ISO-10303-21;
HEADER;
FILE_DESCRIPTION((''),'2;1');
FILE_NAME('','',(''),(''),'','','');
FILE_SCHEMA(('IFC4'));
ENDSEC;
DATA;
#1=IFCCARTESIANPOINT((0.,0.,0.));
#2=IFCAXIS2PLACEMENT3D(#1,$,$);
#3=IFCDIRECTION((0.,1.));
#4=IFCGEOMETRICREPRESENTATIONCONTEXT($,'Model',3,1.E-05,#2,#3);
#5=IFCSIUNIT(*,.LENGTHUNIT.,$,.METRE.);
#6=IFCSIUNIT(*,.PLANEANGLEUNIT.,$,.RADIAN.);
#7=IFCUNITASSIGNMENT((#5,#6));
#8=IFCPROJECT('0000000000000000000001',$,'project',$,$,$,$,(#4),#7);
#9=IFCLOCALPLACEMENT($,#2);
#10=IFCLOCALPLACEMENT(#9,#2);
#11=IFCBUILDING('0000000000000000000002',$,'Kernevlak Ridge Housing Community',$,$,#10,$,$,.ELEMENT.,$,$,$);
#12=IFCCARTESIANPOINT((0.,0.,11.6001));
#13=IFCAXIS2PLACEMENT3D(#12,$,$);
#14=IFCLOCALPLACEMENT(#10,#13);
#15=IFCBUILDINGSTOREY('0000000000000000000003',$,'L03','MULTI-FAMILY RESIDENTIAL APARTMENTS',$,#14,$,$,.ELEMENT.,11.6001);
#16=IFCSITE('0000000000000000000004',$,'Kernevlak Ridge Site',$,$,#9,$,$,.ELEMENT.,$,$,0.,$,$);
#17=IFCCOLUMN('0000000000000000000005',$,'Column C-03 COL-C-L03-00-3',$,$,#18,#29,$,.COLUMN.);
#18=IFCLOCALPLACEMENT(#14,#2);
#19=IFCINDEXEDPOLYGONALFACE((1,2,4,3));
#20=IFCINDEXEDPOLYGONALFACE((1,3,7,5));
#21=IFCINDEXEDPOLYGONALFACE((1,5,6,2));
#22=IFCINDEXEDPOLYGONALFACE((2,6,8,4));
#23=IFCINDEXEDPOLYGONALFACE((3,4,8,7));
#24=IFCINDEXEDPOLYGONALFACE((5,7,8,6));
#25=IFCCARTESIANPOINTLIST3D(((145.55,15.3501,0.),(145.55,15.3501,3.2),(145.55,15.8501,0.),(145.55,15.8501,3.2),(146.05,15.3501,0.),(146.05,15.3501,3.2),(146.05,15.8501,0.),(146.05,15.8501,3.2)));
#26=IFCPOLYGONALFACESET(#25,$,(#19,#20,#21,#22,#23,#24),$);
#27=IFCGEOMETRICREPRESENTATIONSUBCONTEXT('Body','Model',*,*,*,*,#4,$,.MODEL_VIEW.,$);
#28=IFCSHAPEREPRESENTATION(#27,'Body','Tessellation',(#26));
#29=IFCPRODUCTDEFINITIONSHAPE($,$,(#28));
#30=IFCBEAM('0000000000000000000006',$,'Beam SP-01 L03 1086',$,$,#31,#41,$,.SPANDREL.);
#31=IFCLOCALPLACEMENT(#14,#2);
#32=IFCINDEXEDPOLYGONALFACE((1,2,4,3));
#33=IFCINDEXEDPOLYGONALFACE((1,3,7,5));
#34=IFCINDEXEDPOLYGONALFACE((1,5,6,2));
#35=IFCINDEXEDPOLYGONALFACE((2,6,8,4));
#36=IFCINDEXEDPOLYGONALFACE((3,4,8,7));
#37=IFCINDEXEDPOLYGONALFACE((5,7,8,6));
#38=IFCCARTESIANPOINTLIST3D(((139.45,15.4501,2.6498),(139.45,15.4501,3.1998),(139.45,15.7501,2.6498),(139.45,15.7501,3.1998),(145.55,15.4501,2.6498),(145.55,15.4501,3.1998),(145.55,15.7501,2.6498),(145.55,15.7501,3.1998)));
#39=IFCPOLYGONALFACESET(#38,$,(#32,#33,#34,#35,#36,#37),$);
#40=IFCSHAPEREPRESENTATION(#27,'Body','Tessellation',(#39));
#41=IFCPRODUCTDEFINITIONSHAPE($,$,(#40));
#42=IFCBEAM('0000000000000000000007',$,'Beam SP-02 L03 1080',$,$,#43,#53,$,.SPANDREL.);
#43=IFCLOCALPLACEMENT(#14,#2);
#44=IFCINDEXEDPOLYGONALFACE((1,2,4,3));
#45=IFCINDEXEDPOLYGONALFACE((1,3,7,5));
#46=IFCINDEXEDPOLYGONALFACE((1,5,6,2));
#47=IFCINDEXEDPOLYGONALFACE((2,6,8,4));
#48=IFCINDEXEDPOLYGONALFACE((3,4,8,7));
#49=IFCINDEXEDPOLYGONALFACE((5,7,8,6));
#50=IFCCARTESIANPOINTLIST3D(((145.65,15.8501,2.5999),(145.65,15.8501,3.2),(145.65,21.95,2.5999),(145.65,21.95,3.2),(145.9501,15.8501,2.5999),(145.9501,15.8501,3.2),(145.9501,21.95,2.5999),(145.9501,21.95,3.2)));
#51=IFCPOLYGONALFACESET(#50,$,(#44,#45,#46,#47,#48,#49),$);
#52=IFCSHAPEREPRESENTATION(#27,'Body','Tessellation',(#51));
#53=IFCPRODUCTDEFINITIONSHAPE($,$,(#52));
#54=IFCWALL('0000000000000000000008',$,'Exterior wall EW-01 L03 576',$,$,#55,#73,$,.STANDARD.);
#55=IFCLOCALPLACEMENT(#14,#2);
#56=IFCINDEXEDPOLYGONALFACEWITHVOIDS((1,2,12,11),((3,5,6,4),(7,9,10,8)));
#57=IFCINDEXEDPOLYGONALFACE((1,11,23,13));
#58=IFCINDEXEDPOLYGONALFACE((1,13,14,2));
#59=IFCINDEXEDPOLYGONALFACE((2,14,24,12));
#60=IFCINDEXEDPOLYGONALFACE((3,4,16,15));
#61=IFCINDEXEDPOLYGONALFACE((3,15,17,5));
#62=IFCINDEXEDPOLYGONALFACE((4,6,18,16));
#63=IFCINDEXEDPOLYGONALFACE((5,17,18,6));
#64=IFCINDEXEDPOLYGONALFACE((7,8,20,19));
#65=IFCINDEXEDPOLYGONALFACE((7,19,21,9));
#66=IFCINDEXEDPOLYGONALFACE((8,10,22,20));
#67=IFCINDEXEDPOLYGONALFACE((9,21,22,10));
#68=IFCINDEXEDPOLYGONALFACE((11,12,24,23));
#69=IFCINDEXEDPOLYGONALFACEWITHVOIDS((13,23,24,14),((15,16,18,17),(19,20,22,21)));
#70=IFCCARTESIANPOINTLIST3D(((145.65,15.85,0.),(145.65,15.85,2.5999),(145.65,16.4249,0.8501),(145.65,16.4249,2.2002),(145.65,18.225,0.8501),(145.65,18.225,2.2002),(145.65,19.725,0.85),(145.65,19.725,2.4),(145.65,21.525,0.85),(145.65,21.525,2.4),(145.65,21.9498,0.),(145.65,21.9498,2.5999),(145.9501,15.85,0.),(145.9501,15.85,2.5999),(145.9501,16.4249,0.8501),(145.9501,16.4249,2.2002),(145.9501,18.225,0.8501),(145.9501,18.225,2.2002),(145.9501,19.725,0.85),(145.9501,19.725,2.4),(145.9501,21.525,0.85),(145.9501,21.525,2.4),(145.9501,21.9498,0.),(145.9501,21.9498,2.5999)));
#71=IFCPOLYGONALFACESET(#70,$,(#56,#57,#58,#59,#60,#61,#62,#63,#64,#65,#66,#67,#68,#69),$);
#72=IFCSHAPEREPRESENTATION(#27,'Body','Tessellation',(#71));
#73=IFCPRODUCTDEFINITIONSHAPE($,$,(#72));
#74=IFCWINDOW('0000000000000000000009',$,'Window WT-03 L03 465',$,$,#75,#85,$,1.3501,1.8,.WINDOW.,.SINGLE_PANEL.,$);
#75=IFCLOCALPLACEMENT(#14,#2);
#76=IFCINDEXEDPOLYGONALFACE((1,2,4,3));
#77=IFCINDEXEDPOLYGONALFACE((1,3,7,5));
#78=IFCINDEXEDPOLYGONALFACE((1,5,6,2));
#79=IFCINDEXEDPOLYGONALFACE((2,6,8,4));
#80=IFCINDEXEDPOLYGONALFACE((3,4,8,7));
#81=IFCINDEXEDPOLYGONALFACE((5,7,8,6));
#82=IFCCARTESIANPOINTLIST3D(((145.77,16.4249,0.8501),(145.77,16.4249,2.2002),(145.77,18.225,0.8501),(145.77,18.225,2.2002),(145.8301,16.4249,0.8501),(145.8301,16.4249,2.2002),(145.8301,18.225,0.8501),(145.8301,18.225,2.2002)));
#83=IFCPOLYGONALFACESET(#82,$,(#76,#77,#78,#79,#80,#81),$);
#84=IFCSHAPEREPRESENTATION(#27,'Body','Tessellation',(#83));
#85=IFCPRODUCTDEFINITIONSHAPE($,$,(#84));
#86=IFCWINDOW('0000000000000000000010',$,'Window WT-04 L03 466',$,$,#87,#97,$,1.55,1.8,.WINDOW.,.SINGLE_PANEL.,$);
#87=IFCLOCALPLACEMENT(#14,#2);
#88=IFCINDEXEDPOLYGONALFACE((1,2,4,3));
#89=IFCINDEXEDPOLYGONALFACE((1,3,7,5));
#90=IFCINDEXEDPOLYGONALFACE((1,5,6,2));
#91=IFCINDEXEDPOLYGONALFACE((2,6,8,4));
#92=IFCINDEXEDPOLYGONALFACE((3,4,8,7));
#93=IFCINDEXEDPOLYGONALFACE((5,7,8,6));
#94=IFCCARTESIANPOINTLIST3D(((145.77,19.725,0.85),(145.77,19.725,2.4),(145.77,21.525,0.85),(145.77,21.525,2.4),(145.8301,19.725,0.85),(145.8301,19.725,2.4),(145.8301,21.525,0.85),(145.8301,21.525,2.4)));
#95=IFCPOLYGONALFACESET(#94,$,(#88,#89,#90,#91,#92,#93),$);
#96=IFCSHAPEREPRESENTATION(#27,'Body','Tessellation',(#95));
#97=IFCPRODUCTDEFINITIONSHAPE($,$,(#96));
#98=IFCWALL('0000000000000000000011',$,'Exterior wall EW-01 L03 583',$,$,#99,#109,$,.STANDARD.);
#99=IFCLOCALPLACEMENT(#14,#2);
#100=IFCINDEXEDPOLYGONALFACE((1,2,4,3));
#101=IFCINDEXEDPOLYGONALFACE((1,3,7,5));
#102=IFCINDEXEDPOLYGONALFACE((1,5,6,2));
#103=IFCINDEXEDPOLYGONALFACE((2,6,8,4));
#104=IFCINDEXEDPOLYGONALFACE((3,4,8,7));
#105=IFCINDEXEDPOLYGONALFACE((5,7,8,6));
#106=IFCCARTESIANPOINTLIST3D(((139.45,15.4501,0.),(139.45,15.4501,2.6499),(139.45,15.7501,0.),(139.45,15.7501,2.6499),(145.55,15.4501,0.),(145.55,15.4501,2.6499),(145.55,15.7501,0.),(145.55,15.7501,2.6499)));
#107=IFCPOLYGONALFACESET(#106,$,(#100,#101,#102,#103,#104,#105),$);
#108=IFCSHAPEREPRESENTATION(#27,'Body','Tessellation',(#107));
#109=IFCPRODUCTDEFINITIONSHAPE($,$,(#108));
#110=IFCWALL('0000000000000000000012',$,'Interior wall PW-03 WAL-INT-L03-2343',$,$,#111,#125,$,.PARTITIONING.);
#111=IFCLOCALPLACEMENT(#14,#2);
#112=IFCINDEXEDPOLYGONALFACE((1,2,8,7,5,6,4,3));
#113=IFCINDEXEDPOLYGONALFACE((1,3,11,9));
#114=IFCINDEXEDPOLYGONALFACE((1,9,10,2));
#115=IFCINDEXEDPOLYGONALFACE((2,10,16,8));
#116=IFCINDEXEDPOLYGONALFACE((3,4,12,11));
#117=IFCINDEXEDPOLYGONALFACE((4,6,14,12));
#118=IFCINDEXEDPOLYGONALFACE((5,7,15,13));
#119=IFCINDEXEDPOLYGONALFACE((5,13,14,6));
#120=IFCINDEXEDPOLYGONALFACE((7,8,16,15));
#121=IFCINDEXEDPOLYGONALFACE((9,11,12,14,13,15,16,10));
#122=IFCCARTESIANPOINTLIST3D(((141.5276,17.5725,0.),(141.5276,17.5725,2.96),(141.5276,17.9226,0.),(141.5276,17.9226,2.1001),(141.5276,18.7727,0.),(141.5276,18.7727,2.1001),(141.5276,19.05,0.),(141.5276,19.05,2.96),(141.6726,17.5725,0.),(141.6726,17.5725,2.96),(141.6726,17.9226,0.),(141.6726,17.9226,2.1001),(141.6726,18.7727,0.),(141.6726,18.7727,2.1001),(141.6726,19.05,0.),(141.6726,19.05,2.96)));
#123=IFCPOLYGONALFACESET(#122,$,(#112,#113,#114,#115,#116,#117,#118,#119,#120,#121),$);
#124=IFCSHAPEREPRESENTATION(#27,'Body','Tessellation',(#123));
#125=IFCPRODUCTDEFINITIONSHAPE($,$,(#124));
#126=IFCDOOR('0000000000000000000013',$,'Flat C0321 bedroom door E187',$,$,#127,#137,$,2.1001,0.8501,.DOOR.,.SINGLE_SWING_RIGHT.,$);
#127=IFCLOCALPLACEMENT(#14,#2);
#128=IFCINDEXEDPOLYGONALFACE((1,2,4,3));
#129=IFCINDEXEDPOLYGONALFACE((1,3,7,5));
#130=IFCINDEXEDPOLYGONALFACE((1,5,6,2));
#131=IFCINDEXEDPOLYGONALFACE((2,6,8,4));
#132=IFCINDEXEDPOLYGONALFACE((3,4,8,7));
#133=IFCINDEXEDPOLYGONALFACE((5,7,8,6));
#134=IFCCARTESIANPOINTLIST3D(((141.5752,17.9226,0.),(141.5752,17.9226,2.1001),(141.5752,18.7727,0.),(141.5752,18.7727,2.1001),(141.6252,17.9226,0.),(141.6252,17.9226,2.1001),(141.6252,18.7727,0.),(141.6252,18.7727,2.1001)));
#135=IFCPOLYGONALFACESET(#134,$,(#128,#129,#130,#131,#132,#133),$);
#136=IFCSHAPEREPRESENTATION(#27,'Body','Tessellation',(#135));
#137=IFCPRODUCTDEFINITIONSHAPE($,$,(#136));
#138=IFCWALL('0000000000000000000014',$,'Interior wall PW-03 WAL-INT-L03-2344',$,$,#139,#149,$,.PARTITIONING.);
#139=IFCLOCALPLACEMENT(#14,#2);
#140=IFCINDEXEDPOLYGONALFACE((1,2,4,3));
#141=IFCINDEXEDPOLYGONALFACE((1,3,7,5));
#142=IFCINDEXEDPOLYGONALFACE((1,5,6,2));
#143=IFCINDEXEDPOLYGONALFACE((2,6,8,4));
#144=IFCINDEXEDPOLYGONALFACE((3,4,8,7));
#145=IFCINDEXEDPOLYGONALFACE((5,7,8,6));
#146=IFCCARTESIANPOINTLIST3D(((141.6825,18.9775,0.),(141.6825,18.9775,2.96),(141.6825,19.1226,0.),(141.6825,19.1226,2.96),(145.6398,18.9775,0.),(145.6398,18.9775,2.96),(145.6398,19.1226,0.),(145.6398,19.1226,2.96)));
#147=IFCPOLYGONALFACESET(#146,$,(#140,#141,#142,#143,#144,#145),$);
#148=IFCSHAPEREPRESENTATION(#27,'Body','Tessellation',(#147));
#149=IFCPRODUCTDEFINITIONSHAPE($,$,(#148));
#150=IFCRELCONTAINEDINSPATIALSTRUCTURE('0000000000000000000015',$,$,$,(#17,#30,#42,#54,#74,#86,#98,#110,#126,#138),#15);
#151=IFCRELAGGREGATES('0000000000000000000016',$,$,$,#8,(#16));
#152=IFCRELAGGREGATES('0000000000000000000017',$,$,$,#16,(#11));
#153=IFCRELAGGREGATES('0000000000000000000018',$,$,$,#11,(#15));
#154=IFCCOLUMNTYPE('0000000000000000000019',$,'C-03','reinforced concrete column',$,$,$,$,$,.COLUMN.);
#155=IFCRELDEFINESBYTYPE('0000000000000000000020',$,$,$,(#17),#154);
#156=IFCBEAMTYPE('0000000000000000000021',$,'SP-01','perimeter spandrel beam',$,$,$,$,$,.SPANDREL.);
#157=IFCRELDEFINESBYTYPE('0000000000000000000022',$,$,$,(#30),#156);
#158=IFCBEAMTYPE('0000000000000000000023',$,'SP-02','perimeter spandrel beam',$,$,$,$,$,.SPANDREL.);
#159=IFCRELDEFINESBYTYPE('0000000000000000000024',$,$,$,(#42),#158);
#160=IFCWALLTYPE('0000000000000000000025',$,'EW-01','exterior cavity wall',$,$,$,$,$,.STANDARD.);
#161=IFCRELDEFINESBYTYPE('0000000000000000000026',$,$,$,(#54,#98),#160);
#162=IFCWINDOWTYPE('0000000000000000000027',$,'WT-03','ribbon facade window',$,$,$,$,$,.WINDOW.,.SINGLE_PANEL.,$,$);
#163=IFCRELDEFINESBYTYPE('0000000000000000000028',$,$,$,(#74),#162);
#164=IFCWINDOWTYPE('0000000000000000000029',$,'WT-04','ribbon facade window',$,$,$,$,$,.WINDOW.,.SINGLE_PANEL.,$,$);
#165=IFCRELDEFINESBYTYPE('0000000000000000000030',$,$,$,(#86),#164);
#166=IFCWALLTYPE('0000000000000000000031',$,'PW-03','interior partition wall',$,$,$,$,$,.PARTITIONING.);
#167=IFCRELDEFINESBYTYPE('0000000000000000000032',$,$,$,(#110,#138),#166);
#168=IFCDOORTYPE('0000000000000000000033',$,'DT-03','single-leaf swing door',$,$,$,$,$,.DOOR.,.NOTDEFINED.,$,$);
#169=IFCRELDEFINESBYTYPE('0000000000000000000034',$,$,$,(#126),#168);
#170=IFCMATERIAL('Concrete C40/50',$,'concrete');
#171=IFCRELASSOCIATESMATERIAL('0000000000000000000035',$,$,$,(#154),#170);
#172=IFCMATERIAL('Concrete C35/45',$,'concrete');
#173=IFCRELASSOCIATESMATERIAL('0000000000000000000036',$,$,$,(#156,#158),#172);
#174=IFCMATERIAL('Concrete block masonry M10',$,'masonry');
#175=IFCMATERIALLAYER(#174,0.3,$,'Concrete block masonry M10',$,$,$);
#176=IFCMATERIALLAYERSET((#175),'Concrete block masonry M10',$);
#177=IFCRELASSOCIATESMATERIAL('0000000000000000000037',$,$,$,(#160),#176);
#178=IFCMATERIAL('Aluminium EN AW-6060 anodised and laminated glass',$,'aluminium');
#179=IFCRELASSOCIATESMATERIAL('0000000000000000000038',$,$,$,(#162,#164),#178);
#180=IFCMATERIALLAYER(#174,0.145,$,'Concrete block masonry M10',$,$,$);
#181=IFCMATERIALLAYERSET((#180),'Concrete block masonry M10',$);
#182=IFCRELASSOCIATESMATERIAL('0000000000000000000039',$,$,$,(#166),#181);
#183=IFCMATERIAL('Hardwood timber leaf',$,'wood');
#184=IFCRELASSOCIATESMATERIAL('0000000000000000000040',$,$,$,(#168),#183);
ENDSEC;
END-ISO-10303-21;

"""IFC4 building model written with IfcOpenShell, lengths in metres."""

from ifc_helpers import new_model, si_unit, direction, frame, frame_2d, origin, origin_2d, place, context, subcontext, project, spatial, rectangle, extrude, material, layer, layer_set, material_profile, profile_set, type_object, element, fill, save


model = new_model("IFC4")

# Units and contexts
model_context = context("Model", 3, precision=1e-05, world=origin(), true_north=direction((0.0, 1.0)))
body_context = subcontext(model_context, "Body", "Model", "MODEL_VIEW")
ifc_project = project(units=[si_unit("LENGTHUNIT", "METRE"), si_unit("PLANEANGLEUNIT", "RADIAN")], contexts=[model_context])

# Site, building, storey
site_placement = place(None, origin())
site = spatial("IfcSite", under=ifc_project, at=site_placement, Name="Kernevlak Ridge Site", CompositionType="ELEMENT", RefElevation=0.0)
building_placement = place(site_placement, origin())
building = spatial("IfcBuilding", under=site, at=building_placement, Name="Kernevlak Ridge Housing Community", CompositionType="ELEMENT")
storey_placement = place(building_placement, frame((0.0, 0.0, 11.6001)))
storey = spatial("IfcBuildingStorey", under=building, at=storey_placement, Name="L03", Description="MULTI-FAMILY RESIDENTIAL APARTMENTS", CompositionType="ELEMENT", Elevation=11.6001)

# Column
ifc_material_1 = material(Name="Concrete C40/50", Category="concrete")
ifc_material_profile_1 = material_profile(ifc_material_1, rectangle(XDim=0.5, YDim=0.5, at=origin_2d()), Name="RC 500x500")
ifc_profile_set_1 = profile_set([ifc_material_profile_1], Name="Concrete C40/50")
column_type = type_object("IfcColumnType", Name="C-03", Description="reinforced concrete column", PredefinedType="COLUMN", material=ifc_profile_set_1)
column_placement = place(storey_placement, frame((145.8, 15.6001, 0.0), z_axis=(0.0, 0.0, 1.0), x_axis=(1.0, 0.0, 0.0)))
element("IfcColumn", 1, at=column_placement, inside=storey, type_object=column_type, Name="Column C-03 COL-C-L03-00-3", PredefinedType="COLUMN", context=body_context, shape_type="SweptSolid", body=[
    extrude(rectangle(XDim=0.5, YDim=0.5, at=origin_2d()), origin(), (0.0, 0.0, 1.0), 3.2),
])

# Beams
ifc_material_2 = material(Name="Concrete C35/45", Category="concrete")
ifc_material_profile_2 = material_profile(ifc_material_2, rectangle(XDim=0.3, YDim=0.55, at=origin_2d()), Name="RC 300x550")
ifc_profile_set_2 = profile_set([ifc_material_profile_2], Name="Concrete C35/45")
beam_type_1 = type_object("IfcBeamType", Name="SP-01", Description="perimeter spandrel beam", PredefinedType="SPANDREL", material=ifc_profile_set_2)
beam_1_placement = place(storey_placement, frame((139.45, 15.6001, 2.9248), z_axis=(1.0, 0.0, 0.0), x_axis=(0.0, 1.0, 0.0)))
element("IfcBeam", 2, at=beam_1_placement, inside=storey, type_object=beam_type_1, Name="Beam SP-01 L03 1086", PredefinedType="SPANDREL", context=body_context, shape_type="SweptSolid", body=[
    extrude(rectangle(XDim=0.3, YDim=0.55, at=origin_2d()), origin(), (0.0, 0.0, 1.0), 6.1001),
])
ifc_material_profile_3 = material_profile(ifc_material_2, rectangle(XDim=0.3, YDim=0.6001, at=origin_2d()), Name="RC 300x600")
ifc_profile_set_3 = profile_set([ifc_material_profile_3], Name="Concrete C35/45")
beam_type_2 = type_object("IfcBeamType", Name="SP-02", Description="perimeter spandrel beam", PredefinedType="SPANDREL", material=ifc_profile_set_3)
beam_2_placement = place(storey_placement, frame((145.8, 15.8501, 2.8999), z_axis=(0.0, 1.0, 0.0), x_axis=(-1.0, 0.0, 0.0)))
element("IfcBeam", 3, at=beam_2_placement, inside=storey, type_object=beam_type_2, Name="Beam SP-02 L03 1080", PredefinedType="SPANDREL", context=body_context, shape_type="SweptSolid", body=[
    extrude(rectangle(XDim=0.3, YDim=0.6001, at=origin_2d()), origin(), (0.0, 0.0, 1.0), 6.0999),
])

# Wall, openings, windows
ifc_material_3 = material(Name="Concrete block masonry M10", Category="masonry")
ifc_layer_1 = layer(ifc_material_3, 0.3, Name="Concrete block masonry M10")
ifc_layer_set_1 = layer_set([ifc_layer_1], Name="Concrete block masonry M10")
wall_type_1 = type_object("IfcWallType", Name="EW-01", Description="exterior cavity wall", PredefinedType="STANDARD", material=ifc_layer_set_1)
wall_1_placement = place(storey_placement, frame((145.8, 15.8501, 0.0), z_axis=(0.0, 0.0, 1.0), x_axis=(0.0, 1.0, 0.0)))
wall_1 = element("IfcWall", 4, at=wall_1_placement, inside=storey, type_object=wall_type_1, Name="Exterior wall EW-01 L03 576", PredefinedType="STANDARD", context=body_context, shape_type="SweptSolid", body=[
    extrude(rectangle(XDim=6.0999, YDim=0.3, at=frame_2d((3.0498, 0.0))), origin(), (0.0, 0.0, 1.0), 2.5999),
])
opening_1_placement = place(wall_1_placement, frame((0.575, 0.0, 0.8501)))
opening_1 = element("IfcOpeningElement", 5, at=opening_1_placement, cuts=wall_1, PredefinedType="OPENING", context=body_context, shape_type="SweptSolid", body=[
    extrude(rectangle(XDim=1.8, YDim=1.3501, at=frame_2d((0.8999, 0.675))), frame((0.0, 0.1599, 0.0), z_axis=(0.0, -1.0, 0.0), x_axis=(1.0, 0.0, 0.0)), (0.0, 0.0, 1.0), 0.3201),
])
opening_2_placement = place(wall_1_placement, frame((3.875, 0.0, 0.8501)))
opening_2 = element("IfcOpeningElement", 6, at=opening_2_placement, cuts=wall_1, PredefinedType="OPENING", context=body_context, shape_type="SweptSolid", body=[
    extrude(rectangle(XDim=1.8, YDim=1.55, at=frame_2d((0.8999, 0.7749))), frame((0.0, 0.1599, 0.0), z_axis=(0.0, -1.0, 0.0), x_axis=(1.0, 0.0, 0.0)), (0.0, 0.0, 1.0), 0.3201),
])
ifc_material_4 = material(Name="Aluminium EN AW-6060 anodised and laminated glass", Category="aluminium")
window_type_1 = type_object("IfcWindowType", Name="WT-03", Description="ribbon facade window", PartitioningType="SINGLE_PANEL", PredefinedType="WINDOW", material=ifc_material_4)
window_1_placement = place(opening_1_placement, origin())
window_1 = element("IfcWindow", 7, at=window_1_placement, inside=storey, type_object=window_type_1, Name="Window WT-03 L03 465", OverallHeight=1.3501, OverallWidth=1.8, PartitioningType="SINGLE_PANEL", PredefinedType="WINDOW", context=body_context, shape_type="SweptSolid", body=[
    extrude(rectangle(XDim=1.8, YDim=1.3501, at=frame_2d((0.8999, 0.675))), frame((0.0, 0.03, 0.0), z_axis=(0.0, -1.0, 0.0), x_axis=(1.0, 0.0, 0.0)), (0.0, 0.0, 1.0), 0.0601),
])
fill(opening_1, window_1)
window_type_2 = type_object("IfcWindowType", Name="WT-04", Description="ribbon facade window", PartitioningType="SINGLE_PANEL", PredefinedType="WINDOW", material=ifc_material_4)
window_2_placement = place(opening_2_placement, origin())
window_2 = element("IfcWindow", 8, at=window_2_placement, inside=storey, type_object=window_type_2, Name="Window WT-04 L03 466", OverallHeight=1.55, OverallWidth=1.8, PartitioningType="SINGLE_PANEL", PredefinedType="WINDOW", context=body_context, shape_type="SweptSolid", body=[
    extrude(rectangle(XDim=1.8, YDim=1.55, at=frame_2d((0.8999, 0.7749))), frame((0.0, 0.03, 0.0), z_axis=(0.0, -1.0, 0.0), x_axis=(1.0, 0.0, 0.0)), (0.0, 0.0, 1.0), 0.0601),
])
fill(opening_2, window_2)

# Wall
wall_2_placement = place(storey_placement, frame((139.45, 15.6001, 0.0), z_axis=(0.0, 0.0, 1.0), x_axis=(1.0, 0.0, 0.0)))
element("IfcWall", 9, at=wall_2_placement, inside=storey, type_object=wall_type_1, Name="Exterior wall EW-01 L03 583", PredefinedType="STANDARD", context=body_context, shape_type="SweptSolid", body=[
    extrude(rectangle(XDim=6.1001, YDim=0.3, at=frame_2d((3.05, 0.0))), origin(), (0.0, 0.0, 1.0), 2.6499),
])

# Wall, opening, door
ifc_layer_2 = layer(ifc_material_3, 0.145, Name="Concrete block masonry M10")
ifc_layer_set_2 = layer_set([ifc_layer_2], Name="Concrete block masonry M10")
wall_type_2 = type_object("IfcWallType", Name="PW-03", Description="interior partition wall", PredefinedType="PARTITIONING", material=ifc_layer_set_2)
wall_3_placement = place(storey_placement, frame((141.6001, 17.5725, 0.0), z_axis=(0.0, 0.0, 1.0), x_axis=(0.0, 1.0, 0.0)))
wall_3 = element("IfcWall", 10, at=wall_3_placement, inside=storey, type_object=wall_type_2, Name="Interior wall PW-03 WAL-INT-L03-2343", PredefinedType="PARTITIONING", context=body_context, shape_type="SweptSolid", body=[
    extrude(rectangle(XDim=1.4775, YDim=0.145, at=frame_2d((0.7388, 0.0))), origin(), (0.0, 0.0, 1.0), 2.96),
])
opening_3_placement = place(wall_3_placement, frame((0.3501, 0.0, 0.0)))
opening_3 = element("IfcOpeningElement", 11, at=opening_3_placement, cuts=wall_3, PredefinedType="OPENING", context=body_context, shape_type="SweptSolid", body=[
    extrude(rectangle(XDim=0.8501, YDim=2.1001, at=frame_2d((0.425, 1.05))), frame((0.0, 0.0825, 0.0), z_axis=(0.0, -1.0, 0.0), x_axis=(1.0, 0.0, 0.0)), (0.0, 0.0, 1.0), 0.165),
])
ifc_material_5 = material(Name="Hardwood timber leaf", Category="wood")
door_type_1 = type_object("IfcDoorType", Name="DT-03", Description="single-leaf swing door", OperationType="NOTDEFINED", PredefinedType="DOOR", material=ifc_material_5)
door_1_placement = place(opening_3_placement, origin())
door_1 = element("IfcDoor", 12, at=door_1_placement, inside=storey, type_object=door_type_1, Name="Flat C0321 bedroom door E187", OperationType="SINGLE_SWING_RIGHT", OverallHeight=2.1001, OverallWidth=0.8501, PredefinedType="DOOR", context=body_context, shape_type="SweptSolid", body=[
    extrude(rectangle(XDim=0.8501, YDim=2.1001, at=frame_2d((0.425, 1.05))), frame((0.0, 0.0249, 0.0), z_axis=(0.0, -1.0, 0.0), x_axis=(1.0, 0.0, 0.0)), (0.0, 0.0, 1.0), 0.05),
])
fill(opening_3, door_1)

# Wall
wall_4_placement = place(storey_placement, frame((141.6826, 19.05, 0.0), z_axis=(0.0, 0.0, 1.0), x_axis=(1.0, 0.0, 0.0)))
element("IfcWall", 13, at=wall_4_placement, inside=storey, type_object=wall_type_2, Name="Interior wall PW-03 WAL-INT-L03-2344", PredefinedType="PARTITIONING", context=body_context, shape_type="SweptSolid", body=[
    extrude(rectangle(XDim=3.9573, YDim=0.145, at=frame_2d((1.9785, 0.0))), origin(), (0.0, 0.0, 1.0), 2.96),
])

save(model, "model.ifc")
